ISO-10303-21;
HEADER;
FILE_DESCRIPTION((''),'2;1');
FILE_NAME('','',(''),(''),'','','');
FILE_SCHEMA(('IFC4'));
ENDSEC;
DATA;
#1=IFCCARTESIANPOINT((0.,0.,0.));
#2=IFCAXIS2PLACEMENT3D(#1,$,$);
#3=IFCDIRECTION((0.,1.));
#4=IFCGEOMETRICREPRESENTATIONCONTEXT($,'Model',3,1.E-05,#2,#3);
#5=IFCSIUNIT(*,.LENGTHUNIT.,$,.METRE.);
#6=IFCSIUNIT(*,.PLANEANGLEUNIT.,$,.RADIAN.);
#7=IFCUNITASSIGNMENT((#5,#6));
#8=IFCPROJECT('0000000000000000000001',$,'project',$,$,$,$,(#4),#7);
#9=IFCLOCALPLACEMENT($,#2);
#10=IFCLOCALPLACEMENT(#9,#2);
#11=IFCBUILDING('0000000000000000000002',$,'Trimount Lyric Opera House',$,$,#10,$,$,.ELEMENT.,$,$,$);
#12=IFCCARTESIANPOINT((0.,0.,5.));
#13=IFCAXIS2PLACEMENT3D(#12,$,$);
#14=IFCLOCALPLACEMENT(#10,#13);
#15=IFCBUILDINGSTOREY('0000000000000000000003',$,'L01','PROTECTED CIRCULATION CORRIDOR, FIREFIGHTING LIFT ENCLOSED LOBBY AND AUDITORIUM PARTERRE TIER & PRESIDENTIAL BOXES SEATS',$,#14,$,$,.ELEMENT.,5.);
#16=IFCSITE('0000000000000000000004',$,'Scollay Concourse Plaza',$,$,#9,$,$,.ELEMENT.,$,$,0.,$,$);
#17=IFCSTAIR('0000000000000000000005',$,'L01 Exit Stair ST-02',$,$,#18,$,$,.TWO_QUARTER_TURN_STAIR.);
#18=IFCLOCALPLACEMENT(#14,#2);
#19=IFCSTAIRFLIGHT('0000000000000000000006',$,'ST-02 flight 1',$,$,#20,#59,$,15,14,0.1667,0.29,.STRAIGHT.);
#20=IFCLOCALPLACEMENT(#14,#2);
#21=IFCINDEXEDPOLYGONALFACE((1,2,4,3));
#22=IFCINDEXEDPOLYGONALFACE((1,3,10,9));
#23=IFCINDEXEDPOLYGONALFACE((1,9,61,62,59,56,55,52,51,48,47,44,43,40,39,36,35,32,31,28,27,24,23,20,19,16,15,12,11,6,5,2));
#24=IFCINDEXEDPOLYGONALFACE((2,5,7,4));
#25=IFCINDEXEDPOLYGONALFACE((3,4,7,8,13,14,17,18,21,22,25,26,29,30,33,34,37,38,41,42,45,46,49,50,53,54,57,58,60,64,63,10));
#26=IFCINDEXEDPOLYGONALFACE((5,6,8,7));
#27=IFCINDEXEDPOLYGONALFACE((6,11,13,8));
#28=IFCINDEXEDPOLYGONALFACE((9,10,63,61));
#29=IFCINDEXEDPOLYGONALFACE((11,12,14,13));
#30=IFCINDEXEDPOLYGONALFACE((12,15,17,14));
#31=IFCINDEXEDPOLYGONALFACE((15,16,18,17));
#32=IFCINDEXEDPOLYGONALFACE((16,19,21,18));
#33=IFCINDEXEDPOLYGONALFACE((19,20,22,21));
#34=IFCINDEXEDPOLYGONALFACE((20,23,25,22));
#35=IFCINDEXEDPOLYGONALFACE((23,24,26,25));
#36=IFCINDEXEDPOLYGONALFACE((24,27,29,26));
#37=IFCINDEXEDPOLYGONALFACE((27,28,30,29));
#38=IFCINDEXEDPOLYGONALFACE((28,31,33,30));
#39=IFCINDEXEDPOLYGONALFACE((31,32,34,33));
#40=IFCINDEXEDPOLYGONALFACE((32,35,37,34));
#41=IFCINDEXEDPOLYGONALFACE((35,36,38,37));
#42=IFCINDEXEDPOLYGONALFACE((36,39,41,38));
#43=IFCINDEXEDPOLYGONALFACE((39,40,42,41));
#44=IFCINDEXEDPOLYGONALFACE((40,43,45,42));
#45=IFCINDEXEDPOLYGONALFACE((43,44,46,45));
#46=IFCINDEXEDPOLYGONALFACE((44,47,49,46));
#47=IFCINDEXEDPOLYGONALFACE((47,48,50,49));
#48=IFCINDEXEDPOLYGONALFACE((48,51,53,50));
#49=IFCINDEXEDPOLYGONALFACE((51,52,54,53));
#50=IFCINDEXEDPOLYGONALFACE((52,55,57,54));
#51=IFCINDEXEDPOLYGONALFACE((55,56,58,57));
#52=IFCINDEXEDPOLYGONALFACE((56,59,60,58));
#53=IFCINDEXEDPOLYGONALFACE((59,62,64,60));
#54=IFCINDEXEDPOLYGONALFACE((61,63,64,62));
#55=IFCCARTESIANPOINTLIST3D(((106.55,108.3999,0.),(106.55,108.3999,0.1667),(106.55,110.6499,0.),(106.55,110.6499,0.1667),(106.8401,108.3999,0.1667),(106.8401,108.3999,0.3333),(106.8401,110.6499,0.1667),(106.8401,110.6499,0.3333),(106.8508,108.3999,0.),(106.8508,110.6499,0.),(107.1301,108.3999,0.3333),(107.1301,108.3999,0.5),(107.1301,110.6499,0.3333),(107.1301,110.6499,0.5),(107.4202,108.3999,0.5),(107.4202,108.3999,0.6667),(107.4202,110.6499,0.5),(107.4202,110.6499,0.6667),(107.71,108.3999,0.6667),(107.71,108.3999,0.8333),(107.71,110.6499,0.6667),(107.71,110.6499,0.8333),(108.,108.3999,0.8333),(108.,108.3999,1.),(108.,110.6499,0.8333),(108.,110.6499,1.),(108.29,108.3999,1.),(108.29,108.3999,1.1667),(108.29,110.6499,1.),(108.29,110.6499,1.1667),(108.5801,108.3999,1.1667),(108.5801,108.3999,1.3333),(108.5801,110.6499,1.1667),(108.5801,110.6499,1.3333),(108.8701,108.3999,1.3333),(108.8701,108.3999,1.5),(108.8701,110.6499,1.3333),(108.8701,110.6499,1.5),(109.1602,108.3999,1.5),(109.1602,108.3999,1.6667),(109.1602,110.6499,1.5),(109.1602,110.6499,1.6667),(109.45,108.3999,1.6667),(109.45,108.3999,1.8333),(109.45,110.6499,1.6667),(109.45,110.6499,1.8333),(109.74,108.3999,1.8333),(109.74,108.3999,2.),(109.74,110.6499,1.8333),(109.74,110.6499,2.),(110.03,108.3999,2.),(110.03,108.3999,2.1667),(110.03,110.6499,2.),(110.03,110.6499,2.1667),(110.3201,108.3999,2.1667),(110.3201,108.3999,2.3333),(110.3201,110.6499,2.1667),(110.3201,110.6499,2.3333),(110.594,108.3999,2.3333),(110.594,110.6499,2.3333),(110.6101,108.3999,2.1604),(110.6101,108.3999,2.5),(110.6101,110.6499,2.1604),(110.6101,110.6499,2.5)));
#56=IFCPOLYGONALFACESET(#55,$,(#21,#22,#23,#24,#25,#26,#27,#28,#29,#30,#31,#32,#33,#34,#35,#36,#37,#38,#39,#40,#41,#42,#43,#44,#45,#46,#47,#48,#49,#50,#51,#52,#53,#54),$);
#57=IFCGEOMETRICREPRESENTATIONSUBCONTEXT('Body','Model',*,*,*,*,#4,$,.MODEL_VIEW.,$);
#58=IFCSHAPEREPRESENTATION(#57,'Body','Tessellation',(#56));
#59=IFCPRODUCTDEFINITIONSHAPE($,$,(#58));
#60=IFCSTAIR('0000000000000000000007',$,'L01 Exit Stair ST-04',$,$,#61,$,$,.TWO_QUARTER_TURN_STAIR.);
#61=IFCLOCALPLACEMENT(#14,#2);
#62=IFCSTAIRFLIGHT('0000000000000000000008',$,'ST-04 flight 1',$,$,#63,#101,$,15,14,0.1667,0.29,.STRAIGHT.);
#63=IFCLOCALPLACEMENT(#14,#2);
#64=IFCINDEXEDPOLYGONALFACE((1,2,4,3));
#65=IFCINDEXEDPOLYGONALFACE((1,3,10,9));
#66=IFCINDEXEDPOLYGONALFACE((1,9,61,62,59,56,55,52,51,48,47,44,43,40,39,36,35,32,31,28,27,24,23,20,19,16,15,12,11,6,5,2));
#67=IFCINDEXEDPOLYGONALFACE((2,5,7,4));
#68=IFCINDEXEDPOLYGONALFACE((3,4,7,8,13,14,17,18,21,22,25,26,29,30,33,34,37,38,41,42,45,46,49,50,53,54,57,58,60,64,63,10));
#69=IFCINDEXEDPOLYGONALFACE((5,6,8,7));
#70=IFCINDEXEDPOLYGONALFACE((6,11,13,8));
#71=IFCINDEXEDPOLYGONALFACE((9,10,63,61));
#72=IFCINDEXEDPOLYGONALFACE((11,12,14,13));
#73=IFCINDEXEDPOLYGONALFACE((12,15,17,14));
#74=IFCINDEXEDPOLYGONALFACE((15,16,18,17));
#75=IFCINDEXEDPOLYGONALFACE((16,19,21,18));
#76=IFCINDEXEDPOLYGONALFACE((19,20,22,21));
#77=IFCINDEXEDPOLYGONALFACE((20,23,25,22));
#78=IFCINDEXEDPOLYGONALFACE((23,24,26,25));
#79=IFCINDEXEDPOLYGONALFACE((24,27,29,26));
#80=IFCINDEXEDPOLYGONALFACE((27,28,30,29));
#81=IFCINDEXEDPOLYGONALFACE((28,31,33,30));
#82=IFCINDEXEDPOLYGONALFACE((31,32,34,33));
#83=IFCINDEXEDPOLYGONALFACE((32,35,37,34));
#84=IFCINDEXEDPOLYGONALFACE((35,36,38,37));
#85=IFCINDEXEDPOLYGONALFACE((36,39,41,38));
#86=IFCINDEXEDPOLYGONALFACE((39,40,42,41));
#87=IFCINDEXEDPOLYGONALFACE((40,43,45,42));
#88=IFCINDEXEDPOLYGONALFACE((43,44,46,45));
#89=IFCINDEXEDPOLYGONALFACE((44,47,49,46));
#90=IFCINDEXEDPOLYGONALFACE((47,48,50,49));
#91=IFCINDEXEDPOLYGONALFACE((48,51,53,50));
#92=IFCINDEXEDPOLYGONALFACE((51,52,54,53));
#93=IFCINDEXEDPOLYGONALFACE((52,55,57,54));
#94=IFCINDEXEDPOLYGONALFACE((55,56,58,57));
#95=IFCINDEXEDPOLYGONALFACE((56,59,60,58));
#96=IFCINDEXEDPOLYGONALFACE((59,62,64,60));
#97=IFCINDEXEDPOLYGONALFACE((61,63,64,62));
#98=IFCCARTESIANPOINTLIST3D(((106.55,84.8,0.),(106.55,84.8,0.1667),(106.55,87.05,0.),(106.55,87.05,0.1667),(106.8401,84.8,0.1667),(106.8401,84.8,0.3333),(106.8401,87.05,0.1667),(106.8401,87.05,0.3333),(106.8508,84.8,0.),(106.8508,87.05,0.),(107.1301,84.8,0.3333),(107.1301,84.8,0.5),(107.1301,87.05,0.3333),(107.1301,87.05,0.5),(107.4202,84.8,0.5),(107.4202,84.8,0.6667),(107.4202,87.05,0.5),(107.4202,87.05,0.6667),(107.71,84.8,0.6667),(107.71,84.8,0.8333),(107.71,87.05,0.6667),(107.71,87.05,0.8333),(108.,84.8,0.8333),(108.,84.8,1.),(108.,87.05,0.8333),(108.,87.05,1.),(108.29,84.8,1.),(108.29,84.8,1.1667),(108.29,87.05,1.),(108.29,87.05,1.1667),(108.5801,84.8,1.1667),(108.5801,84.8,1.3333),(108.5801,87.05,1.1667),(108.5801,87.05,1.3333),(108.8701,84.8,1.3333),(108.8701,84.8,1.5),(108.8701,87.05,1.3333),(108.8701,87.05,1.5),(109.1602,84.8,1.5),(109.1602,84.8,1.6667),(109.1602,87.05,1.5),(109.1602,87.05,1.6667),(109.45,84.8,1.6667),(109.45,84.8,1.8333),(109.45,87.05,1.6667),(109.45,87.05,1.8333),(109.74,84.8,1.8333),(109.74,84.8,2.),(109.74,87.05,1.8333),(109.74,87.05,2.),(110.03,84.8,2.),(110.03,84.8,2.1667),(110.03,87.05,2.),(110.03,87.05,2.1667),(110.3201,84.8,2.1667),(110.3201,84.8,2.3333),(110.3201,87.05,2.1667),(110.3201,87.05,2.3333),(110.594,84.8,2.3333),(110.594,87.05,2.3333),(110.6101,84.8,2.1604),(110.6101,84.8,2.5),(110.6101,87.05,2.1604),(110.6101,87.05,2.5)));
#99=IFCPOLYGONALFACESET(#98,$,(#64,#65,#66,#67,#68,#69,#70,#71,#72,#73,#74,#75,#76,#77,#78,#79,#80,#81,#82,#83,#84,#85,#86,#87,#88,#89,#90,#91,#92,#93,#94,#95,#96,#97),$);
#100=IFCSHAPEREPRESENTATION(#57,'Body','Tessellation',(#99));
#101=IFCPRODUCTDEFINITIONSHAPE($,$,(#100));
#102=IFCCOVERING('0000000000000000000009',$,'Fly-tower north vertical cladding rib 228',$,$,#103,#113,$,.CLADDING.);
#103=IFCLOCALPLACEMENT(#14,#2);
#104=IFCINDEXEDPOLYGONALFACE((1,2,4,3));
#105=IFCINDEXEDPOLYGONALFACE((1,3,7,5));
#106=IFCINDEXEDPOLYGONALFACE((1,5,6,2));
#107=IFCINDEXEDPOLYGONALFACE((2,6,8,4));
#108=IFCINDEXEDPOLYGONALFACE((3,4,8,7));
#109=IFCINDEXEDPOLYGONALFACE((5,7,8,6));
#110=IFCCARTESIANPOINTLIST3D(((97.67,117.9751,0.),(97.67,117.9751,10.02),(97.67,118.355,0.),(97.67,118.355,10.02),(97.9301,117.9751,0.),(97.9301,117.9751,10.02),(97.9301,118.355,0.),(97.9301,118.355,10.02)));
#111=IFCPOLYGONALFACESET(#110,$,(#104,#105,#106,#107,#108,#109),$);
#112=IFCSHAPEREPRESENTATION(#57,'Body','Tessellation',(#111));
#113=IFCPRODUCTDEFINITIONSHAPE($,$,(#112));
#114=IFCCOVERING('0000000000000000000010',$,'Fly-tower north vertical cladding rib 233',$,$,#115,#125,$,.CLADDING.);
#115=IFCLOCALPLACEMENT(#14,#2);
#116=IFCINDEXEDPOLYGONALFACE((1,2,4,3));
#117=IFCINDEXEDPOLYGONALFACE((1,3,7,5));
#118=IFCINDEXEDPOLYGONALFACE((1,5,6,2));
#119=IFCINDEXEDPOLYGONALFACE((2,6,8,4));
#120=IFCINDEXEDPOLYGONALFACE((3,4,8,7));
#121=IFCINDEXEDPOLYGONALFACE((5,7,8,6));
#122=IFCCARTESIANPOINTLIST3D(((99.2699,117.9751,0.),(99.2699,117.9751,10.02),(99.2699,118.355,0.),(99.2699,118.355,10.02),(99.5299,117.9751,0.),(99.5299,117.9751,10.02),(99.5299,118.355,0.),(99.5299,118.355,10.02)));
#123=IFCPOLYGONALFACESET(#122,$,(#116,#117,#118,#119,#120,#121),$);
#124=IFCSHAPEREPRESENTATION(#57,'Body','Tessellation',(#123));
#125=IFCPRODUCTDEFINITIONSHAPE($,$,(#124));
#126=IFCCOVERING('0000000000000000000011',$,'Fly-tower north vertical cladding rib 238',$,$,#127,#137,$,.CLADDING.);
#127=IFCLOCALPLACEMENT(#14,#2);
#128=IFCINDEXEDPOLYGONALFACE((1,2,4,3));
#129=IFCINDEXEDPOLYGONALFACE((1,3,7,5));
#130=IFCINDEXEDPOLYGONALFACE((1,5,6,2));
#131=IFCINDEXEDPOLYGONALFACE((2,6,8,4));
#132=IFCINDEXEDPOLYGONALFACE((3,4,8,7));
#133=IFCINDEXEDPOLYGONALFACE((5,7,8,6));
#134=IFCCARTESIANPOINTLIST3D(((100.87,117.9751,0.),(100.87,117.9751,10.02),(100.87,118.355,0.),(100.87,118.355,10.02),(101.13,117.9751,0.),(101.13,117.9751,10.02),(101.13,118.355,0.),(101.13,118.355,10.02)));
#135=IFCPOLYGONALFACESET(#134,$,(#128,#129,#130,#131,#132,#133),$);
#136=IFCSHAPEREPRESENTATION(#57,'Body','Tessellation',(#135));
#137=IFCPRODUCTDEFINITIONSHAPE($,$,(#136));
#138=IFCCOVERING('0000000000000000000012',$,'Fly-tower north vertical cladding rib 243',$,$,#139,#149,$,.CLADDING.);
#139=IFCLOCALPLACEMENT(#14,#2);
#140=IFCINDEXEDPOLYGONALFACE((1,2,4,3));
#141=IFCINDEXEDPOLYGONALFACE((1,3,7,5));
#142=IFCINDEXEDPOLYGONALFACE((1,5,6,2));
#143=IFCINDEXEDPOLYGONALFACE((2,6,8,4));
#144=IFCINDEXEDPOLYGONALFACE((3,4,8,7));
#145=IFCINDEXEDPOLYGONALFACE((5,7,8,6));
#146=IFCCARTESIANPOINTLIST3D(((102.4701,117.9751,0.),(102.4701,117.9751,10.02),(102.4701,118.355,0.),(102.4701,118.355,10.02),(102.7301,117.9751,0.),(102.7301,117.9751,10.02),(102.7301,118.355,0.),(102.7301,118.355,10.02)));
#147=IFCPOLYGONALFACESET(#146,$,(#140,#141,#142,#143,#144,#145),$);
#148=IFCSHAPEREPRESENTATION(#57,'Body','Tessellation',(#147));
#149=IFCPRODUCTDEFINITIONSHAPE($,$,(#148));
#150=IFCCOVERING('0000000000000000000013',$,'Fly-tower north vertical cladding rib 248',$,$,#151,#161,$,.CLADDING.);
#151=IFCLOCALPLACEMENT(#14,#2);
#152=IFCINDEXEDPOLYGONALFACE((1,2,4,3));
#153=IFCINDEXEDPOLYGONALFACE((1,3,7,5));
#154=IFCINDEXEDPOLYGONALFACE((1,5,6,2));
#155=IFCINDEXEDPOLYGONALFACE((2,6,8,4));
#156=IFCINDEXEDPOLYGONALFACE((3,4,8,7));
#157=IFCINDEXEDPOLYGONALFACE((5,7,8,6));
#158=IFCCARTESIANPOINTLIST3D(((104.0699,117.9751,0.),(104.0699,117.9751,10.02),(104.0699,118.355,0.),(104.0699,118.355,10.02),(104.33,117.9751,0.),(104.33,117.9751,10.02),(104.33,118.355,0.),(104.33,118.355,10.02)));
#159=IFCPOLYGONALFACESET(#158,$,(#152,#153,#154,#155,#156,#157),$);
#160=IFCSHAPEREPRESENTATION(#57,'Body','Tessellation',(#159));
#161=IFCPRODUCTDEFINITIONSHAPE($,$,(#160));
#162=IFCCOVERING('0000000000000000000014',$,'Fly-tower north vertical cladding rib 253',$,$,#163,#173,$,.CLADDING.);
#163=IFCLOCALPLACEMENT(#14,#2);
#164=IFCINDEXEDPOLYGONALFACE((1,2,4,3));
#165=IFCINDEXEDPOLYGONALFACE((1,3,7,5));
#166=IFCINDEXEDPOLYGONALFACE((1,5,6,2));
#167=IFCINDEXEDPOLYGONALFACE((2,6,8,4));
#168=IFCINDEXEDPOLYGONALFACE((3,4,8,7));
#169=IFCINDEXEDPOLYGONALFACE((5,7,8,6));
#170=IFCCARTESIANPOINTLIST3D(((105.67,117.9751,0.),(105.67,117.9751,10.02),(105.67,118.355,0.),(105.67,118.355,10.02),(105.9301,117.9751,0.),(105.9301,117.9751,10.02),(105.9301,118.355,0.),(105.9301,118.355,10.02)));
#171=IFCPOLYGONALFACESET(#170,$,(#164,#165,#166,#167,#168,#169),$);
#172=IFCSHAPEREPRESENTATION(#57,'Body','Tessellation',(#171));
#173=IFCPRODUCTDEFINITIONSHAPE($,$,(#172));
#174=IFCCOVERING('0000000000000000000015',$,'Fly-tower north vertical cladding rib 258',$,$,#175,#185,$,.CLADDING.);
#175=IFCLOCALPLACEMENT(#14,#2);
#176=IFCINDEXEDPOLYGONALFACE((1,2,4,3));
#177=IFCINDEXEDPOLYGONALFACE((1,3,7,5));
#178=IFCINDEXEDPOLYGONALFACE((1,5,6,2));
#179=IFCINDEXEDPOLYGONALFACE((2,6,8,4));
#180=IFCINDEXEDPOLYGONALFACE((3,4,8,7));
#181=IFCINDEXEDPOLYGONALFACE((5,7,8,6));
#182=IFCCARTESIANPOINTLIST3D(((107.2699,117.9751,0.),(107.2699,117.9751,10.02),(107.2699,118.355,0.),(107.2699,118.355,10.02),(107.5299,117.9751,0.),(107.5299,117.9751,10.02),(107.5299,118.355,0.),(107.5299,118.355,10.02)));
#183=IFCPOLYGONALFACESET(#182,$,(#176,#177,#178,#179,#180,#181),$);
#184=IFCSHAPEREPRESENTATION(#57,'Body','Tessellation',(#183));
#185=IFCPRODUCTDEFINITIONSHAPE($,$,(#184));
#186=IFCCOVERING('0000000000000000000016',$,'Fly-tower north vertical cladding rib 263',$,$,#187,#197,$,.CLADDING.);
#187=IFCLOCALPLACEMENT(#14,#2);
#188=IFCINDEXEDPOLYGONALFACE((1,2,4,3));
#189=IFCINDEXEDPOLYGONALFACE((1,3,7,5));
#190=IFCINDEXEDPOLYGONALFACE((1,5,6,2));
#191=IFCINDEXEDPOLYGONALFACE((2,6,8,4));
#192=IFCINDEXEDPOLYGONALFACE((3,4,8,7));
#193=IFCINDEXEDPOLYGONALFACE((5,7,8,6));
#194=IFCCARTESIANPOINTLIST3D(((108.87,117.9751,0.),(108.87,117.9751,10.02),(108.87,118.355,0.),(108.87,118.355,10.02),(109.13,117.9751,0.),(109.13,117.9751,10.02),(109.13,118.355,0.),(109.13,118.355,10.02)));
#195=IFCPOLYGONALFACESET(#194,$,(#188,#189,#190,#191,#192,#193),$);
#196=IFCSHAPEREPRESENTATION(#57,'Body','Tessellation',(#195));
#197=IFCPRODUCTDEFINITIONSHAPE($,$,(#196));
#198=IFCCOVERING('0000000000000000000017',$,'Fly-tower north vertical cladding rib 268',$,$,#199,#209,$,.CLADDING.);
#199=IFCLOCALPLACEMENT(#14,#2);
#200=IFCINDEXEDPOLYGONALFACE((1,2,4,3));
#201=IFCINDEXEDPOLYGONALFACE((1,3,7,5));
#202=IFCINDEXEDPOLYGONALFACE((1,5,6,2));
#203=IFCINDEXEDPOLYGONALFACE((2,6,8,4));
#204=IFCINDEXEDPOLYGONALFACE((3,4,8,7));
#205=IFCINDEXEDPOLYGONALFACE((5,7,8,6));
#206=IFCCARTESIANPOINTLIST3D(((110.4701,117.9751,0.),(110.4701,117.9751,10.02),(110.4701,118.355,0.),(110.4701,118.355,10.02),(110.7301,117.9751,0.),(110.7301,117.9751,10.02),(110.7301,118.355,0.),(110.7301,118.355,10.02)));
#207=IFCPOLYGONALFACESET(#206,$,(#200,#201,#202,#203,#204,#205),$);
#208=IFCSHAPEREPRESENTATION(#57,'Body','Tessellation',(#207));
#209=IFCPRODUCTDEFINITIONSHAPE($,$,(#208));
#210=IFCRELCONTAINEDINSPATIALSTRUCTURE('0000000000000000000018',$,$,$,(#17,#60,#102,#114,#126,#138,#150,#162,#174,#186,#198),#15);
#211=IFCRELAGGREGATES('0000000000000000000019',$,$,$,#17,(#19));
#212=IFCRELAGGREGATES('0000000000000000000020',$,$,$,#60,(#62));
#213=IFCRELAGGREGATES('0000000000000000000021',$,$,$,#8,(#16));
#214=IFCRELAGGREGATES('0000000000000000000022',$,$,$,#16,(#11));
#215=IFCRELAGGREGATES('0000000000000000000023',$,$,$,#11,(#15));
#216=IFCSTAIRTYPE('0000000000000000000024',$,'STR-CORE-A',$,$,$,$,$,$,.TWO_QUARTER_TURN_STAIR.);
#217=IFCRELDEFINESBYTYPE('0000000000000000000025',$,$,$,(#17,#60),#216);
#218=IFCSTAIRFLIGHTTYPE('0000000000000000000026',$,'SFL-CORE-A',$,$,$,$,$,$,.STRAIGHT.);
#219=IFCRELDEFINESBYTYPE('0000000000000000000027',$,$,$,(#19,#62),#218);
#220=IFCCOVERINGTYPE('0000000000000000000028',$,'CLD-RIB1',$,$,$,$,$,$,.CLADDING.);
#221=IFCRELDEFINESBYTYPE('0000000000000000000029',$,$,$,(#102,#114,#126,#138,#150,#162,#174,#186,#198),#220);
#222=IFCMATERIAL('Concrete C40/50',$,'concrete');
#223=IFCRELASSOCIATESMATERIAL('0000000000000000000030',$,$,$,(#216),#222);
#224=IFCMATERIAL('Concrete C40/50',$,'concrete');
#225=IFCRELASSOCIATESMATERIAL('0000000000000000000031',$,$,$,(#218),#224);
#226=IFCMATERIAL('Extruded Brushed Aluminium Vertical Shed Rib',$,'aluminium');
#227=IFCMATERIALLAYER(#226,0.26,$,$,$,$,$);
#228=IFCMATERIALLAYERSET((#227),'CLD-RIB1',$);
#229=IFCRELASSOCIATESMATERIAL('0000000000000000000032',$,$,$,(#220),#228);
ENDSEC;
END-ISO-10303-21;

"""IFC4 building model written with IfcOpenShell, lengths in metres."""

from ifc_helpers import new_model, si_unit, direction, frame, origin, origin_2d, place, context, subcontext, project, spatial, polyline, rectangle, outline, extrude, material, layer, layer_set, type_object, element, aggregate, save


model = new_model("IFC4")

# Units and contexts
model_context = context("Model", 3, precision=1e-05, world=origin(), true_north=direction((0.0, 1.0)))
body_context = subcontext(model_context, "Body", "Model", "MODEL_VIEW")
ifc_project = project(units=[si_unit("LENGTHUNIT", "METRE"), si_unit("PLANEANGLEUNIT", "RADIAN")], contexts=[model_context])

# Site, building, storey
site_placement = place(None, origin())
site = spatial("IfcSite", under=ifc_project, at=site_placement, Name="Scollay Concourse Plaza", CompositionType="ELEMENT", RefElevation=0.0)
building_placement = place(site_placement, origin())
building = spatial("IfcBuilding", under=site, at=building_placement, Name="Trimount Lyric Opera House", CompositionType="ELEMENT")
storey_placement = place(building_placement, frame((0.0, 0.0, 5.0)))
storey = spatial("IfcBuildingStorey", under=building, at=storey_placement, Name="L01", Description="PROTECTED CIRCULATION CORRIDOR, FIREFIGHTING LIFT ENCLOSED LOBBY AND AUDITORIUM PARTERRE TIER & PRESIDENTIAL BOXES SEATS", CompositionType="ELEMENT", Elevation=5.0)

# Stairs, stair flights
ifc_material_1 = material(Name="Concrete C40/50", Category="concrete")
stair_type = type_object("IfcStairType", Name="STR-CORE-A", PredefinedType="TWO_QUARTER_TURN_STAIR", material=ifc_material_1)
stair_1_placement = place(storey_placement, origin())
stair_1 = element("IfcStair", 1, at=stair_1_placement, inside=storey, type_object=stair_type, Name="L01 Exit Stair ST-02", PredefinedType="TWO_QUARTER_TURN_STAIR")
ifc_material_2 = material(Name="Concrete C40/50", Category="concrete")
stair_flight_type = type_object("IfcStairFlightType", Name="SFL-CORE-A", PredefinedType="STRAIGHT", material=ifc_material_2)
stair_flight_1_placement = place(storey_placement, frame((106.55, 109.5249, 0.0), z_axis=(0.0, 0.0, 1.0), x_axis=(1.0, 0.0, 0.0)))
stair_flight_1 = element("IfcStairFlight", 2, at=stair_flight_1_placement, type_object=stair_flight_type, Name="ST-02 flight 1", NumberOfRisers=15, NumberOfTreads=14, PredefinedType="STRAIGHT", RiserHeight=0.1667, TreadLength=0.29, context=body_context, shape_type="SweptSolid", body=[
    extrude(outline(polyline([(0.0, 0.0), (0.0, 0.1667), (0.29, 0.1667), (0.29, 0.3333), (0.5801, 0.3333), (0.5801, 0.5), (0.8701, 0.5), (0.8701, 0.6667), (1.1599, 0.6667), (1.1599, 0.8333), (1.45, 0.8333), (1.45, 1.0), (1.74, 1.0), (1.74, 1.1667), (2.03, 1.1667), (2.03, 1.3333), (2.3201, 1.3333), (2.3201, 1.5), (2.6101, 1.5), (2.6101, 1.6667), (2.8999, 1.6667), (2.8999, 1.8333), (3.1899, 1.8333), (3.1899, 2.0), (3.48, 2.0), (3.48, 2.1667), (3.77, 2.1667), (3.77, 2.3333), (4.0439, 2.3333), (4.0601, 2.5), (4.0601, 2.1604), (0.3008, 0.0), (0.0, 0.0)])), frame((0.0, 1.125, 0.0), z_axis=(0.0, -1.0, 0.0), x_axis=(1.0, 0.0, 0.0)), (0.0, 0.0, 1.0), 2.25),
])
aggregate(stair_1, [stair_flight_1])
stair_2_placement = place(storey_placement, origin())
stair_2 = element("IfcStair", 3, at=stair_2_placement, inside=storey, type_object=stair_type, Name="L01 Exit Stair ST-04", PredefinedType="TWO_QUARTER_TURN_STAIR")
stair_flight_2_placement = place(storey_placement, frame((106.55, 85.925, 0.0), z_axis=(0.0, 0.0, 1.0), x_axis=(1.0, 0.0, 0.0)))
stair_flight_2 = element("IfcStairFlight", 4, at=stair_flight_2_placement, type_object=stair_flight_type, Name="ST-04 flight 1", NumberOfRisers=15, NumberOfTreads=14, PredefinedType="STRAIGHT", RiserHeight=0.1667, TreadLength=0.29, context=body_context, shape_type="SweptSolid", body=[
    extrude(outline(polyline([(0.0, 0.0), (0.0, 0.1667), (0.29, 0.1667), (0.29, 0.3333), (0.5801, 0.3333), (0.5801, 0.5), (0.8701, 0.5), (0.8701, 0.6667), (1.1599, 0.6667), (1.1599, 0.8333), (1.45, 0.8333), (1.45, 1.0), (1.74, 1.0), (1.74, 1.1667), (2.03, 1.1667), (2.03, 1.3333), (2.3201, 1.3333), (2.3201, 1.5), (2.6101, 1.5), (2.6101, 1.6667), (2.8999, 1.6667), (2.8999, 1.8333), (3.1899, 1.8333), (3.1899, 2.0), (3.48, 2.0), (3.48, 2.1667), (3.77, 2.1667), (3.77, 2.3333), (4.0439, 2.3333), (4.0601, 2.5), (4.0601, 2.1604), (0.3008, 0.0), (0.0, 0.0)])), frame((0.0, 1.125, 0.0), z_axis=(0.0, -1.0, 0.0), x_axis=(1.0, 0.0, 0.0)), (0.0, 0.0, 1.0), 2.25),
])
aggregate(stair_2, [stair_flight_2])

# Coverings
ifc_material_3 = material(Name="Extruded Brushed Aluminium Vertical Shed Rib", Category="aluminium")
ifc_layer_1 = layer(ifc_material_3, 0.26)
ifc_layer_set_1 = layer_set([ifc_layer_1], Name="CLD-RIB1")
covering_type = type_object("IfcCoveringType", Name="CLD-RIB1", PredefinedType="CLADDING", material=ifc_layer_set_1)
for number, where, z_axis, x_axis, name in (
    (5, (97.8, 118.165, 0.0), (0.0, 0.0, 1.0), (1.0, 0.0, 0.0), "Fly-tower north vertical cladding rib 228"),
    (6, (99.3999, 118.165, 0.0), (0.0, 0.0, 1.0), (1.0, 0.0, 0.0), "Fly-tower north vertical cladding rib 233"),
    (7, (101.0, 118.165, 0.0), (0.0, 0.0, 1.0), (1.0, 0.0, 0.0), "Fly-tower north vertical cladding rib 238"),
    (8, (102.6001, 118.165, 0.0), (0.0, 0.0, 1.0), (1.0, 0.0, 0.0), "Fly-tower north vertical cladding rib 243"),
    (9, (104.2, 118.165, 0.0), (0.0, 0.0, 1.0), (1.0, 0.0, 0.0), "Fly-tower north vertical cladding rib 248"),
    (10, (105.8, 118.165, 0.0), (0.0, 0.0, 1.0), (1.0, 0.0, 0.0), "Fly-tower north vertical cladding rib 253"),
    (11, (107.3999, 118.165, 0.0), (0.0, 0.0, 1.0), (1.0, 0.0, 0.0), "Fly-tower north vertical cladding rib 258"),
    (12, (109.0, 118.165, 0.0), (0.0, 0.0, 1.0), (1.0, 0.0, 0.0), "Fly-tower north vertical cladding rib 263"),
    (13, (110.6001, 118.165, 0.0), (0.0, 0.0, 1.0), (1.0, 0.0, 0.0), "Fly-tower north vertical cladding rib 268"),
):
    element("IfcCovering", number, at=place(storey_placement, frame(where, z_axis=z_axis, x_axis=x_axis)), inside=storey, type_object=covering_type, Name=name, PredefinedType="CLADDING", context=body_context, shape_type="SweptSolid", body=[
        extrude(rectangle(XDim=0.26, YDim=0.3799, at=origin_2d()), origin(), (0.0, 0.0, 1.0), 10.02),
    ])

save(model, "model.ifc")
